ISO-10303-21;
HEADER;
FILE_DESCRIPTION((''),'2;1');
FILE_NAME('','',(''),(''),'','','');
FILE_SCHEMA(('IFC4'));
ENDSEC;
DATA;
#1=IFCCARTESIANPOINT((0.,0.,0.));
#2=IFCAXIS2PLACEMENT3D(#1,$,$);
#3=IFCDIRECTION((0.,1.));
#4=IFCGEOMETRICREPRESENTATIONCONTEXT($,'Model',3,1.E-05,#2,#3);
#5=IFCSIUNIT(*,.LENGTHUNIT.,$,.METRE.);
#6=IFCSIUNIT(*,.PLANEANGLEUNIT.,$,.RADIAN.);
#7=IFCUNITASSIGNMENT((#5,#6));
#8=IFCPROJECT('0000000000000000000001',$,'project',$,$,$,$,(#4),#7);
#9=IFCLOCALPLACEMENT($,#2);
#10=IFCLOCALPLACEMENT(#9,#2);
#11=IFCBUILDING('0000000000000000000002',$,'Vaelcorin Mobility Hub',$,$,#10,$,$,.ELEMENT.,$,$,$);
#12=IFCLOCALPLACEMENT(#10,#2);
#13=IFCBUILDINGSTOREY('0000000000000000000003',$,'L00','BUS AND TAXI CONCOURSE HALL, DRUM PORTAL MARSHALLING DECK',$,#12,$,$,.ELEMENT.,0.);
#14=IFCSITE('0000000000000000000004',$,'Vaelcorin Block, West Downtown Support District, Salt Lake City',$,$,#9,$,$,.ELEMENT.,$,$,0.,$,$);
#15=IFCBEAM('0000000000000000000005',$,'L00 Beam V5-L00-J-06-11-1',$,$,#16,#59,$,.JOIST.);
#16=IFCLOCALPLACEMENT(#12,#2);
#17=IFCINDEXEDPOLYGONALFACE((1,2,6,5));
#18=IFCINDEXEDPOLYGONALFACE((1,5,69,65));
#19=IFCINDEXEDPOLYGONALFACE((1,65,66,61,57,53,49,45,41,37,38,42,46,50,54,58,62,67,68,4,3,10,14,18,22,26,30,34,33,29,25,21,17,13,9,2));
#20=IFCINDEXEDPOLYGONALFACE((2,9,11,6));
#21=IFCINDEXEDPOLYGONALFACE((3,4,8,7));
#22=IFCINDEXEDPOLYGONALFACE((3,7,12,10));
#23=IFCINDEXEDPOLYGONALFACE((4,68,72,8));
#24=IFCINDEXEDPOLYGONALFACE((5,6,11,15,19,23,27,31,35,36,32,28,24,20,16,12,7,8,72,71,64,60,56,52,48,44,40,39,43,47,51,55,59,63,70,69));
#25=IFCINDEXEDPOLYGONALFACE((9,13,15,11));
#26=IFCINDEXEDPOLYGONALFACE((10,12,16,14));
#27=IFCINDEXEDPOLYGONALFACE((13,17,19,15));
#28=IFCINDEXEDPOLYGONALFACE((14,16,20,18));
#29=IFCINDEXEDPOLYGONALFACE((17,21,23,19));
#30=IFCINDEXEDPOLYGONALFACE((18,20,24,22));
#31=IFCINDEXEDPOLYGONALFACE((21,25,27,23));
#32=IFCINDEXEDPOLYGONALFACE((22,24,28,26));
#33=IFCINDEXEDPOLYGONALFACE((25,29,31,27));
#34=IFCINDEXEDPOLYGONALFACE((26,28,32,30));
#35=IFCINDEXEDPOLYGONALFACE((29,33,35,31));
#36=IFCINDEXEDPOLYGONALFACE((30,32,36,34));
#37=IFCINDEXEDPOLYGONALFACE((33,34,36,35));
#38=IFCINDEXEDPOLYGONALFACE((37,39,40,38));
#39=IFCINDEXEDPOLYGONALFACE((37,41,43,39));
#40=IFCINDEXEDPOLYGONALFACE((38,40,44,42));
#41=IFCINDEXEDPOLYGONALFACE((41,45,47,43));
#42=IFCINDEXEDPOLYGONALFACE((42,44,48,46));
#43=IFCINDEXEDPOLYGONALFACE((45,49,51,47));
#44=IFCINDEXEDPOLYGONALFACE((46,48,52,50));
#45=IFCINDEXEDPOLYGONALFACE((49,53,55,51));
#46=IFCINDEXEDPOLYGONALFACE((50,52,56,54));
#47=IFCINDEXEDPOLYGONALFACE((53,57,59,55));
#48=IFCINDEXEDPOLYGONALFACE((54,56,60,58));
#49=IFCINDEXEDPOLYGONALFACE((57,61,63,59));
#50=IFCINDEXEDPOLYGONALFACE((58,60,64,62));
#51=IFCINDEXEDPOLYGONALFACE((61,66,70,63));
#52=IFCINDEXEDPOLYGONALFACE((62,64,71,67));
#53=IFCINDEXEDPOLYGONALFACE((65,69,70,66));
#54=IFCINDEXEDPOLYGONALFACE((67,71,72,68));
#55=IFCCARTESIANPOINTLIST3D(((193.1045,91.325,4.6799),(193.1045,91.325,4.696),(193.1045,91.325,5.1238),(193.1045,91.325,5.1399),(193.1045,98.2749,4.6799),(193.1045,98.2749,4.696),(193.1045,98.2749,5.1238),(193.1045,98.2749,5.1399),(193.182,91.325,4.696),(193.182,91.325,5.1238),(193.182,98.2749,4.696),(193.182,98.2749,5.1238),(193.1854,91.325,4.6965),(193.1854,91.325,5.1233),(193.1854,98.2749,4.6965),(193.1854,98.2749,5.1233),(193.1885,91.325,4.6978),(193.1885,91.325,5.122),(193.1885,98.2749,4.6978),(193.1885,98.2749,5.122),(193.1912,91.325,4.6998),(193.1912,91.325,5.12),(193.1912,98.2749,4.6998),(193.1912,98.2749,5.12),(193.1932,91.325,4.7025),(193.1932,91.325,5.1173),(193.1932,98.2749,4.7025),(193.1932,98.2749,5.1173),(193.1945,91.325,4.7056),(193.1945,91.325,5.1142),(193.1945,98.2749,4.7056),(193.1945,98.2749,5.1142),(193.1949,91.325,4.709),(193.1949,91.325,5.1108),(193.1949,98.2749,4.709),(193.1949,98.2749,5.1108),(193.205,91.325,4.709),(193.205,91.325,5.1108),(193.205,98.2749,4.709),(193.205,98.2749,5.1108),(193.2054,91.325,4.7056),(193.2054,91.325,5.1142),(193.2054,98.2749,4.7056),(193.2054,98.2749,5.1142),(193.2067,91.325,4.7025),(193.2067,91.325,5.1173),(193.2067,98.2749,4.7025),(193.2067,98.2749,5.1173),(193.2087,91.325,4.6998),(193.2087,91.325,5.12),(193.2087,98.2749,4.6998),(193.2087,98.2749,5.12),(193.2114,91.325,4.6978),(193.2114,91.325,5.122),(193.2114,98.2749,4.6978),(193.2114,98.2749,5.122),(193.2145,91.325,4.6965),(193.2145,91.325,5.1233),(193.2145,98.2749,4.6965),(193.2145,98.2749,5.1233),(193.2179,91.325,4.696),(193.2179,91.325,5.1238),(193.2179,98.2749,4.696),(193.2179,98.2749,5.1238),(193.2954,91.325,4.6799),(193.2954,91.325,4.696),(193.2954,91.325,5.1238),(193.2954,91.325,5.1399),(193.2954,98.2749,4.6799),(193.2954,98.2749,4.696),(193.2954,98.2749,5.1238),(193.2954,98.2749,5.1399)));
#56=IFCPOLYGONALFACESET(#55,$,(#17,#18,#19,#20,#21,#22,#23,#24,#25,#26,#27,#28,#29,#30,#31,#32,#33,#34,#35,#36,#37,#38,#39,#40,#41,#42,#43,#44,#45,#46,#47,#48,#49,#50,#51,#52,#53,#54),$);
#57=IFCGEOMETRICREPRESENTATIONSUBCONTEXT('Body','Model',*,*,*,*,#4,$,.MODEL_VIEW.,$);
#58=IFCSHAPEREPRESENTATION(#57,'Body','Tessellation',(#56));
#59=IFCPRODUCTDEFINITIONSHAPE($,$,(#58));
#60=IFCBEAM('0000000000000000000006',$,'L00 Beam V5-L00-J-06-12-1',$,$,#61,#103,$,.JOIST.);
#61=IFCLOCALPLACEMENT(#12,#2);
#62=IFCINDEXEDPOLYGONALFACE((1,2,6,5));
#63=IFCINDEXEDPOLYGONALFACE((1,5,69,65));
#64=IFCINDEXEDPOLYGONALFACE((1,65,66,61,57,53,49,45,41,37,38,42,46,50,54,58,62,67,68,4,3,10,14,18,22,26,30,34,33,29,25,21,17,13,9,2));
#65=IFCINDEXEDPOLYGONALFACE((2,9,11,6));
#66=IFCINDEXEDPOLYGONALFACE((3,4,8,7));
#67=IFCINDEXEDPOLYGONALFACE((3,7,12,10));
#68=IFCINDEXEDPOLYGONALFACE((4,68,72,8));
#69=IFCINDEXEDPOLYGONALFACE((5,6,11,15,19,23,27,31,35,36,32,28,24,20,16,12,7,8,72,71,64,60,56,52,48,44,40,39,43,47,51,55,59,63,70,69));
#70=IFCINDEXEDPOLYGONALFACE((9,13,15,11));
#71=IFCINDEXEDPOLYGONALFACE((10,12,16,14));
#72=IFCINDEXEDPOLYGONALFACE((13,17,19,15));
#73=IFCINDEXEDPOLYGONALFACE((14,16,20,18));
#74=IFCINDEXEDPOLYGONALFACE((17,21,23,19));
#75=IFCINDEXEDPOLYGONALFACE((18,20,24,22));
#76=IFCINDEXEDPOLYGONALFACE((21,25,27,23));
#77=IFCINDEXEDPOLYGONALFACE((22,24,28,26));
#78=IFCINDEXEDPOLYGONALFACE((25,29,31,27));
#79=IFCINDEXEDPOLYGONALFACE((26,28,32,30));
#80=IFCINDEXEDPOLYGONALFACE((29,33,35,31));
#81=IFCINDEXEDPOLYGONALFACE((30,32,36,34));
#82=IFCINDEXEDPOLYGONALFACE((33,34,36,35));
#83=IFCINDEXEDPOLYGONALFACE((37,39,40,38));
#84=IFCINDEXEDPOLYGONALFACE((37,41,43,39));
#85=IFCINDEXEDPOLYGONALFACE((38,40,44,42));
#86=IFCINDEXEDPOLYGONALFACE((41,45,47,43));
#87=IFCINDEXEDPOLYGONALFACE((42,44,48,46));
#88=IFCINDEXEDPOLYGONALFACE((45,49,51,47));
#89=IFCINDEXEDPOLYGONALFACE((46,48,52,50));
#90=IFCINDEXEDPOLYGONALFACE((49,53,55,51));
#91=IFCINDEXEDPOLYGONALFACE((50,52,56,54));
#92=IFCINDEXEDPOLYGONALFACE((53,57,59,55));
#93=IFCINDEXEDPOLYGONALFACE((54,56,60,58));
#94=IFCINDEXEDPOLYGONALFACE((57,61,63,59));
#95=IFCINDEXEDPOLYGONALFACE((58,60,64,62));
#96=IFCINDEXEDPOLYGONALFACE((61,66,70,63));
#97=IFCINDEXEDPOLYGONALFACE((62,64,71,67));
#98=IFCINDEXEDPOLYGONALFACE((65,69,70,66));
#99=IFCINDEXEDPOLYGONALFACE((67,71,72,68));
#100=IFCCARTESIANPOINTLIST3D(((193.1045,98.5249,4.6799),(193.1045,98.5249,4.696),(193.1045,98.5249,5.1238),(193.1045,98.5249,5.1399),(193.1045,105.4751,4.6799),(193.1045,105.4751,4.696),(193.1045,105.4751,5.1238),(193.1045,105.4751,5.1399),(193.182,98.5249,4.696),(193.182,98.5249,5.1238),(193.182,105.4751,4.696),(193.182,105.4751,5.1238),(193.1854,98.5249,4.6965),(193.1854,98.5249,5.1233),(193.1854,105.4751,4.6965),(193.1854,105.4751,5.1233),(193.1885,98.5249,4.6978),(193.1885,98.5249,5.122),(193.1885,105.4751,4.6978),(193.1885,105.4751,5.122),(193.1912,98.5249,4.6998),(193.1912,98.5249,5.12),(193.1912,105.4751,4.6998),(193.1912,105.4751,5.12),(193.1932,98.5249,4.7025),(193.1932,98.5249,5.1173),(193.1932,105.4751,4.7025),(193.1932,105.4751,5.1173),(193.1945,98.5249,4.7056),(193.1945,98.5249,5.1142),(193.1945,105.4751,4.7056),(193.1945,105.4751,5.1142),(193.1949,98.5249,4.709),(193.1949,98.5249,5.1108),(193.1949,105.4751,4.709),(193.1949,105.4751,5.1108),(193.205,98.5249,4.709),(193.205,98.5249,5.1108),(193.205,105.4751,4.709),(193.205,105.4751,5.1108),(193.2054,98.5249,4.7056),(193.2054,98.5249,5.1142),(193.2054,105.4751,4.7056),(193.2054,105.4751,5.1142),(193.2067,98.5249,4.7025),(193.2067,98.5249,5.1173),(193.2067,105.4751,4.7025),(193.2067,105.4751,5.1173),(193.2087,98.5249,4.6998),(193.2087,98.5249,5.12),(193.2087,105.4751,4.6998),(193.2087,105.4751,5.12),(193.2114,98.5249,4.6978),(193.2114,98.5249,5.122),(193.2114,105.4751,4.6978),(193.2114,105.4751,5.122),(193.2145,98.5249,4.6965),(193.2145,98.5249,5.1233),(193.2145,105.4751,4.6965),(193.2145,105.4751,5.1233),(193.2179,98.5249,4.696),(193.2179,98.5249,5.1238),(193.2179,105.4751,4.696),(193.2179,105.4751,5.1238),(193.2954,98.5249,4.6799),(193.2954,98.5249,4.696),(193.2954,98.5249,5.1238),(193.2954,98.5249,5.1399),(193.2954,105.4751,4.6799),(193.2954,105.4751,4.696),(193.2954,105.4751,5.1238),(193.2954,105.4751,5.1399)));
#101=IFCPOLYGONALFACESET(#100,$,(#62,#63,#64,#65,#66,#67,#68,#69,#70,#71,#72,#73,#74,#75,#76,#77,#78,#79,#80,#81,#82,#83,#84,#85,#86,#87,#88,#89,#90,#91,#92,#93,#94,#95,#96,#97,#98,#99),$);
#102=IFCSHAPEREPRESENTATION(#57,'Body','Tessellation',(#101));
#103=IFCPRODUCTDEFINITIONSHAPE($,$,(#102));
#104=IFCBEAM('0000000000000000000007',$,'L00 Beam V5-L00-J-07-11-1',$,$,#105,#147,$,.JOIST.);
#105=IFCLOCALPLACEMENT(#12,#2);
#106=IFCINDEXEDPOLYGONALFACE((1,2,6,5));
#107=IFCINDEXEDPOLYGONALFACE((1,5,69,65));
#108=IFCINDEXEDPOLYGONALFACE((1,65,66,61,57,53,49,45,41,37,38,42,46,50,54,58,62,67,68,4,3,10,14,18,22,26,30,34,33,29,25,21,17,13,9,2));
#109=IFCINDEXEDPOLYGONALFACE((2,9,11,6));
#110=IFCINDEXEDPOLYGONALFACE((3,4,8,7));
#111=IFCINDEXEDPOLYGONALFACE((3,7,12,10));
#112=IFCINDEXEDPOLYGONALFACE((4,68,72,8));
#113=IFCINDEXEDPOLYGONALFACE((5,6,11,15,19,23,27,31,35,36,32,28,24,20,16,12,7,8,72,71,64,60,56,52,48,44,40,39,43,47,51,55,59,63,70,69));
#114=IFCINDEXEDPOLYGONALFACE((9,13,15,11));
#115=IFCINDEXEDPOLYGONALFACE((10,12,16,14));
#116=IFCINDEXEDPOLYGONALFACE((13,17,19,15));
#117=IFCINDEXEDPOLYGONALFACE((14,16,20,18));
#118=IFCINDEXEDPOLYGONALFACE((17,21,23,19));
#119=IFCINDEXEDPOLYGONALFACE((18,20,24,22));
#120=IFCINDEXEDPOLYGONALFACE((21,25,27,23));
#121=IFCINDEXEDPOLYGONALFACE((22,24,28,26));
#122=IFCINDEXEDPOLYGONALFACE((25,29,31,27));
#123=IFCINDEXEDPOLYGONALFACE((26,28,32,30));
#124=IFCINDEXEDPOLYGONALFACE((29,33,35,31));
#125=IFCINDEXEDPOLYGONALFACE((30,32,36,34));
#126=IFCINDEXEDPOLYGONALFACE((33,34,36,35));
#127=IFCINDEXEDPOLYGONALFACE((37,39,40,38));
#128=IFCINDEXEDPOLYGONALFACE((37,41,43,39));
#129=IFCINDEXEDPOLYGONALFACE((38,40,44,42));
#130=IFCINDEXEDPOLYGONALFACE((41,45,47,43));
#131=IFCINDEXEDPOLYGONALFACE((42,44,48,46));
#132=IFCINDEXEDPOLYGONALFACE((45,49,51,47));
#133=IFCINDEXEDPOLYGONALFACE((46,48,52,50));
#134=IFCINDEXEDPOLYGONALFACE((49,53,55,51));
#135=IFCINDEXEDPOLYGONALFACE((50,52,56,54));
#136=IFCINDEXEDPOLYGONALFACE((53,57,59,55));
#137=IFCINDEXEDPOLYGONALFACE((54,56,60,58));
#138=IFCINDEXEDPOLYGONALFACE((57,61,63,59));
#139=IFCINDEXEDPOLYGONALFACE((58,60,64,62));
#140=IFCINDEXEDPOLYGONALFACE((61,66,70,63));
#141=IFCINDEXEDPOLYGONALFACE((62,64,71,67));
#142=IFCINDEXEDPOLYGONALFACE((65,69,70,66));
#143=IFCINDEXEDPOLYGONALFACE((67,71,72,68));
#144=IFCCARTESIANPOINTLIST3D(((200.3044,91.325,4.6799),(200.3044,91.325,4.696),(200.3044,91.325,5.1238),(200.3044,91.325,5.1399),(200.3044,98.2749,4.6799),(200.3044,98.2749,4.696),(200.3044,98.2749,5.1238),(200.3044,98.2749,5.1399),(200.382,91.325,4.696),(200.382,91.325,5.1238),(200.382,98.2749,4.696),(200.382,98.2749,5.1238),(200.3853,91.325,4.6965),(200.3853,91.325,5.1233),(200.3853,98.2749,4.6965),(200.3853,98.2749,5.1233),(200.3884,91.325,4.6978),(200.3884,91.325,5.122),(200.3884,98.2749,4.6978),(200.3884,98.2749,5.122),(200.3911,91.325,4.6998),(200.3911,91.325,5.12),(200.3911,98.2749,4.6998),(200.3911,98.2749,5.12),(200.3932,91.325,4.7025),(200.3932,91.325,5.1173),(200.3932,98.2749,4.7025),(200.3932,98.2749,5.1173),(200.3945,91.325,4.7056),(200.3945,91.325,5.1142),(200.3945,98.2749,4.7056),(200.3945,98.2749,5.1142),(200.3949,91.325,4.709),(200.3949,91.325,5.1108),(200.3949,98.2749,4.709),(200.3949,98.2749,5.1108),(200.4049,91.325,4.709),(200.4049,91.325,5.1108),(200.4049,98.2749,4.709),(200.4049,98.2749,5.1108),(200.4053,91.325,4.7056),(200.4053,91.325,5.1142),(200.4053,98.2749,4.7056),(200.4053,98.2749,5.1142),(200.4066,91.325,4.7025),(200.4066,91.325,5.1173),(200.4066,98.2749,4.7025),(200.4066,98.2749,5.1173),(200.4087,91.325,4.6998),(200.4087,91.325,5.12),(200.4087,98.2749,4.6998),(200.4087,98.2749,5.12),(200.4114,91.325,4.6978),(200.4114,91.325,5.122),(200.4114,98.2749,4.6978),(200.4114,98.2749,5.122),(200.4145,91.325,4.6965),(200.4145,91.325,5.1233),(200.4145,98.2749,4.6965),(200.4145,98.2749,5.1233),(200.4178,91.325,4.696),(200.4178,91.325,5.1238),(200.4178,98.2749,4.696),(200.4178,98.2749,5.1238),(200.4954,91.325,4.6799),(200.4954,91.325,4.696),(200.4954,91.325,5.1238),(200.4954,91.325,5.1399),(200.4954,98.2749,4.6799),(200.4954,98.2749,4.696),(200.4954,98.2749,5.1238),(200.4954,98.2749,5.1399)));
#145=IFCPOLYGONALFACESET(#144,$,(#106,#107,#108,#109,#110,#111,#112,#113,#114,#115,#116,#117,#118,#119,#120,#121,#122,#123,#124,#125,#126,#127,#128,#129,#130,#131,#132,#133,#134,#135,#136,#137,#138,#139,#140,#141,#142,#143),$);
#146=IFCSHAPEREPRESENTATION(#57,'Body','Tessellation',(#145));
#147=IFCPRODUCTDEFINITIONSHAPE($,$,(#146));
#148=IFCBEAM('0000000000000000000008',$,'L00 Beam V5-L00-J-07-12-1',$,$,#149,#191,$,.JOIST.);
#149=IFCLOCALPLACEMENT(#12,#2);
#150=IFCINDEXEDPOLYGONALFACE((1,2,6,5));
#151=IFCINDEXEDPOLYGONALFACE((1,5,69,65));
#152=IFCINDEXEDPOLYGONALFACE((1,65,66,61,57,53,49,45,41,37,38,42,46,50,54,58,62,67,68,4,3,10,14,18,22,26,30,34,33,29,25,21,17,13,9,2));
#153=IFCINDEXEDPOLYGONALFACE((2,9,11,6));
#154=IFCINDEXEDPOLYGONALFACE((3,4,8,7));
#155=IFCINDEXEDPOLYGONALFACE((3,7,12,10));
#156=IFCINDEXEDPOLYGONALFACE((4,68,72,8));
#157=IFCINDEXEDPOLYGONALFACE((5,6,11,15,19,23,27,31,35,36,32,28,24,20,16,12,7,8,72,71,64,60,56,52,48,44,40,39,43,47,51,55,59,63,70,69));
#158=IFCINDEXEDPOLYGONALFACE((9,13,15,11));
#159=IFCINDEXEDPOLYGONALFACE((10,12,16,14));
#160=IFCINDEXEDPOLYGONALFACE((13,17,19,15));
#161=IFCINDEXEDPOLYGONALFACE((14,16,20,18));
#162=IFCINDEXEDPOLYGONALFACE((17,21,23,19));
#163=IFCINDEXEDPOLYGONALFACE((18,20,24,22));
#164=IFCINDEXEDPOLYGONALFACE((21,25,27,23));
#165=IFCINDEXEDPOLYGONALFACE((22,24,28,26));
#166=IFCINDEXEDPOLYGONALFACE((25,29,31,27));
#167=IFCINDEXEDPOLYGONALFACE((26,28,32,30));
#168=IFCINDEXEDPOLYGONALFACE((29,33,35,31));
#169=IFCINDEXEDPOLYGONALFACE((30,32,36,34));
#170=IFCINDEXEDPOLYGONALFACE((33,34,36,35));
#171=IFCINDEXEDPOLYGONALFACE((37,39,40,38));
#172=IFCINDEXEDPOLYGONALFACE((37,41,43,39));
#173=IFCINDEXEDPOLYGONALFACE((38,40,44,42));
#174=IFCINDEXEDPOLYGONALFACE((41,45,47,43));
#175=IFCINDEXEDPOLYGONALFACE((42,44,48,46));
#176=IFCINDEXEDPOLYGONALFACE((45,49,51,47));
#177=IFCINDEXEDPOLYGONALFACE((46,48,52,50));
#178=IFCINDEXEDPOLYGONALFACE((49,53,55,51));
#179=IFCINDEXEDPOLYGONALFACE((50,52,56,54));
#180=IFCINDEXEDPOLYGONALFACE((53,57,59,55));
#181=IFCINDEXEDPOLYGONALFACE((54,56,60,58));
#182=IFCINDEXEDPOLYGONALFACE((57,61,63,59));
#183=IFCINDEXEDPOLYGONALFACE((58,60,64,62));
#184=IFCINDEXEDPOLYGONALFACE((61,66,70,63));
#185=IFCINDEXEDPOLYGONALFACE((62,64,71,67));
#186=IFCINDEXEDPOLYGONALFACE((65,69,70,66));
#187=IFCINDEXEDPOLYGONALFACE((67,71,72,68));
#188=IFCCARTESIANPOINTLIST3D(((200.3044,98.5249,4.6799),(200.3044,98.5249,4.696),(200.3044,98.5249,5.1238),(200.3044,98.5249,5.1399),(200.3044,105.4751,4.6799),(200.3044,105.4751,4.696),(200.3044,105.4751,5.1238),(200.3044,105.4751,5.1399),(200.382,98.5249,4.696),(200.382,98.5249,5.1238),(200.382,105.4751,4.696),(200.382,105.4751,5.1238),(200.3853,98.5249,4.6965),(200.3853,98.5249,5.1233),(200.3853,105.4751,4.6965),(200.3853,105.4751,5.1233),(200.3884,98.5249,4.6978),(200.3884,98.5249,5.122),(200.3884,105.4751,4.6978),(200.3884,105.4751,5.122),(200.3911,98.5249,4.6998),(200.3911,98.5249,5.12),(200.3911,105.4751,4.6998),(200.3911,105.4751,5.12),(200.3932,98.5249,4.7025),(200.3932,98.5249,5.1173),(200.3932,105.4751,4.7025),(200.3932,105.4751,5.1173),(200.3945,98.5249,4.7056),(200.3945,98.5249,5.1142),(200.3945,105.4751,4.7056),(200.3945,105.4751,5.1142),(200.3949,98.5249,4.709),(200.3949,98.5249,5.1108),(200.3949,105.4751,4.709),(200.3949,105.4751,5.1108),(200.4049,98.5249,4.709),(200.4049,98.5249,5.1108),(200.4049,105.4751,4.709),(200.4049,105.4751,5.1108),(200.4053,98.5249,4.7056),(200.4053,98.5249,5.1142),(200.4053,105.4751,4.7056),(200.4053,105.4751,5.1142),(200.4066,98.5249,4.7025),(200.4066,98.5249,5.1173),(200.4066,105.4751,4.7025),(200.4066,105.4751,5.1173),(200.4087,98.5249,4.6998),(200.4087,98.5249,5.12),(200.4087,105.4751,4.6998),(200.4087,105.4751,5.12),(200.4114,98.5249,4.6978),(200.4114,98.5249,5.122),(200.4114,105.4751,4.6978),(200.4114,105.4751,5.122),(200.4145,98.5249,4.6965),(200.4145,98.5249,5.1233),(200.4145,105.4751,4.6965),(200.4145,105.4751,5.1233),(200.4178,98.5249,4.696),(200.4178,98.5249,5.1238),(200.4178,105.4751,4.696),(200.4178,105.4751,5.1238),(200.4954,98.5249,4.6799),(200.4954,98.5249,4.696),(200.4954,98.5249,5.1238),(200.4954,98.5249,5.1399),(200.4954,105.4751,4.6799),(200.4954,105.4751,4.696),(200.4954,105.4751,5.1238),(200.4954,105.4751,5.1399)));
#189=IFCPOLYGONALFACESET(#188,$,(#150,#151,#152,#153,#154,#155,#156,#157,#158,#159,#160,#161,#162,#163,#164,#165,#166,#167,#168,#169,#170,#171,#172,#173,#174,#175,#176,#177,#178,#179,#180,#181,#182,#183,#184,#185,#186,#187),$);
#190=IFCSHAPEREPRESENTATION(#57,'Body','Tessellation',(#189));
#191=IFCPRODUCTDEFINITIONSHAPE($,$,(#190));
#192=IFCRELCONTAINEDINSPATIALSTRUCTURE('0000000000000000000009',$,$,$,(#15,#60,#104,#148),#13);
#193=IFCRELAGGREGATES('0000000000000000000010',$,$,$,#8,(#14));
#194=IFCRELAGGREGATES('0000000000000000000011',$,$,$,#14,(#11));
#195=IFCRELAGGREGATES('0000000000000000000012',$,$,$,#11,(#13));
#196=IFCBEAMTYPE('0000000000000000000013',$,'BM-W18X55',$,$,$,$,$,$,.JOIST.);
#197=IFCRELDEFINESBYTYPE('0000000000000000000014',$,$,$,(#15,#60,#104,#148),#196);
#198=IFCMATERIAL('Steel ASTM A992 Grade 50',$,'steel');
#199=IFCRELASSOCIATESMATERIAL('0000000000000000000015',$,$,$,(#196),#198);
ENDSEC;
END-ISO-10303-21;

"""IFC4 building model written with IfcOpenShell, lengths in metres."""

from ifc_helpers import new_model, si_unit, direction, frame, origin, origin_2d, place, context, subcontext, project, spatial, i_section, extrude, material, material_profile, profile_set, type_object, element, save


model = new_model("IFC4")

# Units and contexts
model_context = context("Model", 3, precision=1e-05, world=origin(), true_north=direction((0.0, 1.0)))
body_context = subcontext(model_context, "Body", "Model", "MODEL_VIEW")
ifc_project = project(units=[si_unit("LENGTHUNIT", "METRE"), si_unit("PLANEANGLEUNIT", "RADIAN")], contexts=[model_context])

# Site, building, storey
site_placement = place(None, origin())
site = spatial("IfcSite", under=ifc_project, at=site_placement, Name="Vaelcorin Block, West Downtown Support District, Salt Lake City", CompositionType="ELEMENT", RefElevation=0.0)
building_placement = place(site_placement, origin())
building = spatial("IfcBuilding", under=site, at=building_placement, Name="Vaelcorin Mobility Hub", CompositionType="ELEMENT")
storey_placement = place(building_placement, origin())
storey = spatial("IfcBuildingStorey", under=building, at=storey_placement, Name="L00", Description="BUS AND TAXI CONCOURSE HALL, DRUM PORTAL MARSHALLING DECK", CompositionType="ELEMENT", Elevation=0.0)

# Shared definitions
ifc_material = material(Name="Steel ASTM A992 Grade 50", Category="steel")

# Beams
ifc_material_profile_1 = material_profile(ifc_material, i_section(OverallWidth=0.1909, OverallDepth=0.46, WebThickness=0.01, FlangeThickness=0.0161, FilletRadius=0.0129, at=origin_2d()), Name="W18X55")
ifc_profile_set_1 = profile_set([ifc_material_profile_1], Name="Steel ASTM A992 Grade 50")
beam_type_1 = type_object("IfcBeamType", Name="BM-W18X55", PredefinedType="JOIST", material=ifc_profile_set_1)
beam_1_placement = place(storey_placement, frame((193.2, 91.325, 4.9099), z_axis=(0.0, 1.0, 0.0), x_axis=(-1.0, 0.0, 0.0)))
element("IfcBeam", 1, at=beam_1_placement, inside=storey, type_object=beam_type_1, Name="L00 Beam V5-L00-J-06-11-1", PredefinedType="JOIST", context=body_context, shape_type="SweptSolid", body=[
    extrude(i_section(OverallWidth=0.1909, OverallDepth=0.46, WebThickness=0.01, FlangeThickness=0.0161, FilletRadius=0.0129, at=origin_2d()), origin(), (0.0, 0.0, 1.0), 6.95),
])
beam_2_placement = place(storey_placement, frame((193.2, 98.5249, 4.9099), z_axis=(0.0, 1.0, 0.0), x_axis=(-1.0, 0.0, 0.0)))
element("IfcBeam", 2, at=beam_2_placement, inside=storey, type_object=beam_type_1, Name="L00 Beam V5-L00-J-06-12-1", PredefinedType="JOIST", context=body_context, shape_type="SweptSolid", body=[
    extrude(i_section(OverallWidth=0.1909, OverallDepth=0.46, WebThickness=0.01, FlangeThickness=0.0161, FilletRadius=0.0129, at=origin_2d()), origin(), (0.0, 0.0, 1.0), 6.9502),
])
beam_3_placement = place(storey_placement, frame((200.3999, 91.325, 4.9099), z_axis=(0.0, 1.0, 0.0), x_axis=(-1.0, 0.0, 0.0)))
element("IfcBeam", 3, at=beam_3_placement, inside=storey, type_object=beam_type_1, Name="L00 Beam V5-L00-J-07-11-1", PredefinedType="JOIST", context=body_context, shape_type="SweptSolid", body=[
    extrude(i_section(OverallWidth=0.1909, OverallDepth=0.46, WebThickness=0.01, FlangeThickness=0.0161, FilletRadius=0.0129, at=origin_2d()), origin(), (0.0, 0.0, 1.0), 6.95),
])
beam_4_placement = place(storey_placement, frame((200.3999, 98.5249, 4.9099), z_axis=(0.0, 1.0, 0.0), x_axis=(-1.0, 0.0, 0.0)))
element("IfcBeam", 4, at=beam_4_placement, inside=storey, type_object=beam_type_1, Name="L00 Beam V5-L00-J-07-12-1", PredefinedType="JOIST", context=body_context, shape_type="SweptSolid", body=[
    extrude(i_section(OverallWidth=0.1909, OverallDepth=0.46, WebThickness=0.01, FlangeThickness=0.0161, FilletRadius=0.0129, at=origin_2d()), origin(), (0.0, 0.0, 1.0), 6.9502),
])

save(model, "model.ifc")
